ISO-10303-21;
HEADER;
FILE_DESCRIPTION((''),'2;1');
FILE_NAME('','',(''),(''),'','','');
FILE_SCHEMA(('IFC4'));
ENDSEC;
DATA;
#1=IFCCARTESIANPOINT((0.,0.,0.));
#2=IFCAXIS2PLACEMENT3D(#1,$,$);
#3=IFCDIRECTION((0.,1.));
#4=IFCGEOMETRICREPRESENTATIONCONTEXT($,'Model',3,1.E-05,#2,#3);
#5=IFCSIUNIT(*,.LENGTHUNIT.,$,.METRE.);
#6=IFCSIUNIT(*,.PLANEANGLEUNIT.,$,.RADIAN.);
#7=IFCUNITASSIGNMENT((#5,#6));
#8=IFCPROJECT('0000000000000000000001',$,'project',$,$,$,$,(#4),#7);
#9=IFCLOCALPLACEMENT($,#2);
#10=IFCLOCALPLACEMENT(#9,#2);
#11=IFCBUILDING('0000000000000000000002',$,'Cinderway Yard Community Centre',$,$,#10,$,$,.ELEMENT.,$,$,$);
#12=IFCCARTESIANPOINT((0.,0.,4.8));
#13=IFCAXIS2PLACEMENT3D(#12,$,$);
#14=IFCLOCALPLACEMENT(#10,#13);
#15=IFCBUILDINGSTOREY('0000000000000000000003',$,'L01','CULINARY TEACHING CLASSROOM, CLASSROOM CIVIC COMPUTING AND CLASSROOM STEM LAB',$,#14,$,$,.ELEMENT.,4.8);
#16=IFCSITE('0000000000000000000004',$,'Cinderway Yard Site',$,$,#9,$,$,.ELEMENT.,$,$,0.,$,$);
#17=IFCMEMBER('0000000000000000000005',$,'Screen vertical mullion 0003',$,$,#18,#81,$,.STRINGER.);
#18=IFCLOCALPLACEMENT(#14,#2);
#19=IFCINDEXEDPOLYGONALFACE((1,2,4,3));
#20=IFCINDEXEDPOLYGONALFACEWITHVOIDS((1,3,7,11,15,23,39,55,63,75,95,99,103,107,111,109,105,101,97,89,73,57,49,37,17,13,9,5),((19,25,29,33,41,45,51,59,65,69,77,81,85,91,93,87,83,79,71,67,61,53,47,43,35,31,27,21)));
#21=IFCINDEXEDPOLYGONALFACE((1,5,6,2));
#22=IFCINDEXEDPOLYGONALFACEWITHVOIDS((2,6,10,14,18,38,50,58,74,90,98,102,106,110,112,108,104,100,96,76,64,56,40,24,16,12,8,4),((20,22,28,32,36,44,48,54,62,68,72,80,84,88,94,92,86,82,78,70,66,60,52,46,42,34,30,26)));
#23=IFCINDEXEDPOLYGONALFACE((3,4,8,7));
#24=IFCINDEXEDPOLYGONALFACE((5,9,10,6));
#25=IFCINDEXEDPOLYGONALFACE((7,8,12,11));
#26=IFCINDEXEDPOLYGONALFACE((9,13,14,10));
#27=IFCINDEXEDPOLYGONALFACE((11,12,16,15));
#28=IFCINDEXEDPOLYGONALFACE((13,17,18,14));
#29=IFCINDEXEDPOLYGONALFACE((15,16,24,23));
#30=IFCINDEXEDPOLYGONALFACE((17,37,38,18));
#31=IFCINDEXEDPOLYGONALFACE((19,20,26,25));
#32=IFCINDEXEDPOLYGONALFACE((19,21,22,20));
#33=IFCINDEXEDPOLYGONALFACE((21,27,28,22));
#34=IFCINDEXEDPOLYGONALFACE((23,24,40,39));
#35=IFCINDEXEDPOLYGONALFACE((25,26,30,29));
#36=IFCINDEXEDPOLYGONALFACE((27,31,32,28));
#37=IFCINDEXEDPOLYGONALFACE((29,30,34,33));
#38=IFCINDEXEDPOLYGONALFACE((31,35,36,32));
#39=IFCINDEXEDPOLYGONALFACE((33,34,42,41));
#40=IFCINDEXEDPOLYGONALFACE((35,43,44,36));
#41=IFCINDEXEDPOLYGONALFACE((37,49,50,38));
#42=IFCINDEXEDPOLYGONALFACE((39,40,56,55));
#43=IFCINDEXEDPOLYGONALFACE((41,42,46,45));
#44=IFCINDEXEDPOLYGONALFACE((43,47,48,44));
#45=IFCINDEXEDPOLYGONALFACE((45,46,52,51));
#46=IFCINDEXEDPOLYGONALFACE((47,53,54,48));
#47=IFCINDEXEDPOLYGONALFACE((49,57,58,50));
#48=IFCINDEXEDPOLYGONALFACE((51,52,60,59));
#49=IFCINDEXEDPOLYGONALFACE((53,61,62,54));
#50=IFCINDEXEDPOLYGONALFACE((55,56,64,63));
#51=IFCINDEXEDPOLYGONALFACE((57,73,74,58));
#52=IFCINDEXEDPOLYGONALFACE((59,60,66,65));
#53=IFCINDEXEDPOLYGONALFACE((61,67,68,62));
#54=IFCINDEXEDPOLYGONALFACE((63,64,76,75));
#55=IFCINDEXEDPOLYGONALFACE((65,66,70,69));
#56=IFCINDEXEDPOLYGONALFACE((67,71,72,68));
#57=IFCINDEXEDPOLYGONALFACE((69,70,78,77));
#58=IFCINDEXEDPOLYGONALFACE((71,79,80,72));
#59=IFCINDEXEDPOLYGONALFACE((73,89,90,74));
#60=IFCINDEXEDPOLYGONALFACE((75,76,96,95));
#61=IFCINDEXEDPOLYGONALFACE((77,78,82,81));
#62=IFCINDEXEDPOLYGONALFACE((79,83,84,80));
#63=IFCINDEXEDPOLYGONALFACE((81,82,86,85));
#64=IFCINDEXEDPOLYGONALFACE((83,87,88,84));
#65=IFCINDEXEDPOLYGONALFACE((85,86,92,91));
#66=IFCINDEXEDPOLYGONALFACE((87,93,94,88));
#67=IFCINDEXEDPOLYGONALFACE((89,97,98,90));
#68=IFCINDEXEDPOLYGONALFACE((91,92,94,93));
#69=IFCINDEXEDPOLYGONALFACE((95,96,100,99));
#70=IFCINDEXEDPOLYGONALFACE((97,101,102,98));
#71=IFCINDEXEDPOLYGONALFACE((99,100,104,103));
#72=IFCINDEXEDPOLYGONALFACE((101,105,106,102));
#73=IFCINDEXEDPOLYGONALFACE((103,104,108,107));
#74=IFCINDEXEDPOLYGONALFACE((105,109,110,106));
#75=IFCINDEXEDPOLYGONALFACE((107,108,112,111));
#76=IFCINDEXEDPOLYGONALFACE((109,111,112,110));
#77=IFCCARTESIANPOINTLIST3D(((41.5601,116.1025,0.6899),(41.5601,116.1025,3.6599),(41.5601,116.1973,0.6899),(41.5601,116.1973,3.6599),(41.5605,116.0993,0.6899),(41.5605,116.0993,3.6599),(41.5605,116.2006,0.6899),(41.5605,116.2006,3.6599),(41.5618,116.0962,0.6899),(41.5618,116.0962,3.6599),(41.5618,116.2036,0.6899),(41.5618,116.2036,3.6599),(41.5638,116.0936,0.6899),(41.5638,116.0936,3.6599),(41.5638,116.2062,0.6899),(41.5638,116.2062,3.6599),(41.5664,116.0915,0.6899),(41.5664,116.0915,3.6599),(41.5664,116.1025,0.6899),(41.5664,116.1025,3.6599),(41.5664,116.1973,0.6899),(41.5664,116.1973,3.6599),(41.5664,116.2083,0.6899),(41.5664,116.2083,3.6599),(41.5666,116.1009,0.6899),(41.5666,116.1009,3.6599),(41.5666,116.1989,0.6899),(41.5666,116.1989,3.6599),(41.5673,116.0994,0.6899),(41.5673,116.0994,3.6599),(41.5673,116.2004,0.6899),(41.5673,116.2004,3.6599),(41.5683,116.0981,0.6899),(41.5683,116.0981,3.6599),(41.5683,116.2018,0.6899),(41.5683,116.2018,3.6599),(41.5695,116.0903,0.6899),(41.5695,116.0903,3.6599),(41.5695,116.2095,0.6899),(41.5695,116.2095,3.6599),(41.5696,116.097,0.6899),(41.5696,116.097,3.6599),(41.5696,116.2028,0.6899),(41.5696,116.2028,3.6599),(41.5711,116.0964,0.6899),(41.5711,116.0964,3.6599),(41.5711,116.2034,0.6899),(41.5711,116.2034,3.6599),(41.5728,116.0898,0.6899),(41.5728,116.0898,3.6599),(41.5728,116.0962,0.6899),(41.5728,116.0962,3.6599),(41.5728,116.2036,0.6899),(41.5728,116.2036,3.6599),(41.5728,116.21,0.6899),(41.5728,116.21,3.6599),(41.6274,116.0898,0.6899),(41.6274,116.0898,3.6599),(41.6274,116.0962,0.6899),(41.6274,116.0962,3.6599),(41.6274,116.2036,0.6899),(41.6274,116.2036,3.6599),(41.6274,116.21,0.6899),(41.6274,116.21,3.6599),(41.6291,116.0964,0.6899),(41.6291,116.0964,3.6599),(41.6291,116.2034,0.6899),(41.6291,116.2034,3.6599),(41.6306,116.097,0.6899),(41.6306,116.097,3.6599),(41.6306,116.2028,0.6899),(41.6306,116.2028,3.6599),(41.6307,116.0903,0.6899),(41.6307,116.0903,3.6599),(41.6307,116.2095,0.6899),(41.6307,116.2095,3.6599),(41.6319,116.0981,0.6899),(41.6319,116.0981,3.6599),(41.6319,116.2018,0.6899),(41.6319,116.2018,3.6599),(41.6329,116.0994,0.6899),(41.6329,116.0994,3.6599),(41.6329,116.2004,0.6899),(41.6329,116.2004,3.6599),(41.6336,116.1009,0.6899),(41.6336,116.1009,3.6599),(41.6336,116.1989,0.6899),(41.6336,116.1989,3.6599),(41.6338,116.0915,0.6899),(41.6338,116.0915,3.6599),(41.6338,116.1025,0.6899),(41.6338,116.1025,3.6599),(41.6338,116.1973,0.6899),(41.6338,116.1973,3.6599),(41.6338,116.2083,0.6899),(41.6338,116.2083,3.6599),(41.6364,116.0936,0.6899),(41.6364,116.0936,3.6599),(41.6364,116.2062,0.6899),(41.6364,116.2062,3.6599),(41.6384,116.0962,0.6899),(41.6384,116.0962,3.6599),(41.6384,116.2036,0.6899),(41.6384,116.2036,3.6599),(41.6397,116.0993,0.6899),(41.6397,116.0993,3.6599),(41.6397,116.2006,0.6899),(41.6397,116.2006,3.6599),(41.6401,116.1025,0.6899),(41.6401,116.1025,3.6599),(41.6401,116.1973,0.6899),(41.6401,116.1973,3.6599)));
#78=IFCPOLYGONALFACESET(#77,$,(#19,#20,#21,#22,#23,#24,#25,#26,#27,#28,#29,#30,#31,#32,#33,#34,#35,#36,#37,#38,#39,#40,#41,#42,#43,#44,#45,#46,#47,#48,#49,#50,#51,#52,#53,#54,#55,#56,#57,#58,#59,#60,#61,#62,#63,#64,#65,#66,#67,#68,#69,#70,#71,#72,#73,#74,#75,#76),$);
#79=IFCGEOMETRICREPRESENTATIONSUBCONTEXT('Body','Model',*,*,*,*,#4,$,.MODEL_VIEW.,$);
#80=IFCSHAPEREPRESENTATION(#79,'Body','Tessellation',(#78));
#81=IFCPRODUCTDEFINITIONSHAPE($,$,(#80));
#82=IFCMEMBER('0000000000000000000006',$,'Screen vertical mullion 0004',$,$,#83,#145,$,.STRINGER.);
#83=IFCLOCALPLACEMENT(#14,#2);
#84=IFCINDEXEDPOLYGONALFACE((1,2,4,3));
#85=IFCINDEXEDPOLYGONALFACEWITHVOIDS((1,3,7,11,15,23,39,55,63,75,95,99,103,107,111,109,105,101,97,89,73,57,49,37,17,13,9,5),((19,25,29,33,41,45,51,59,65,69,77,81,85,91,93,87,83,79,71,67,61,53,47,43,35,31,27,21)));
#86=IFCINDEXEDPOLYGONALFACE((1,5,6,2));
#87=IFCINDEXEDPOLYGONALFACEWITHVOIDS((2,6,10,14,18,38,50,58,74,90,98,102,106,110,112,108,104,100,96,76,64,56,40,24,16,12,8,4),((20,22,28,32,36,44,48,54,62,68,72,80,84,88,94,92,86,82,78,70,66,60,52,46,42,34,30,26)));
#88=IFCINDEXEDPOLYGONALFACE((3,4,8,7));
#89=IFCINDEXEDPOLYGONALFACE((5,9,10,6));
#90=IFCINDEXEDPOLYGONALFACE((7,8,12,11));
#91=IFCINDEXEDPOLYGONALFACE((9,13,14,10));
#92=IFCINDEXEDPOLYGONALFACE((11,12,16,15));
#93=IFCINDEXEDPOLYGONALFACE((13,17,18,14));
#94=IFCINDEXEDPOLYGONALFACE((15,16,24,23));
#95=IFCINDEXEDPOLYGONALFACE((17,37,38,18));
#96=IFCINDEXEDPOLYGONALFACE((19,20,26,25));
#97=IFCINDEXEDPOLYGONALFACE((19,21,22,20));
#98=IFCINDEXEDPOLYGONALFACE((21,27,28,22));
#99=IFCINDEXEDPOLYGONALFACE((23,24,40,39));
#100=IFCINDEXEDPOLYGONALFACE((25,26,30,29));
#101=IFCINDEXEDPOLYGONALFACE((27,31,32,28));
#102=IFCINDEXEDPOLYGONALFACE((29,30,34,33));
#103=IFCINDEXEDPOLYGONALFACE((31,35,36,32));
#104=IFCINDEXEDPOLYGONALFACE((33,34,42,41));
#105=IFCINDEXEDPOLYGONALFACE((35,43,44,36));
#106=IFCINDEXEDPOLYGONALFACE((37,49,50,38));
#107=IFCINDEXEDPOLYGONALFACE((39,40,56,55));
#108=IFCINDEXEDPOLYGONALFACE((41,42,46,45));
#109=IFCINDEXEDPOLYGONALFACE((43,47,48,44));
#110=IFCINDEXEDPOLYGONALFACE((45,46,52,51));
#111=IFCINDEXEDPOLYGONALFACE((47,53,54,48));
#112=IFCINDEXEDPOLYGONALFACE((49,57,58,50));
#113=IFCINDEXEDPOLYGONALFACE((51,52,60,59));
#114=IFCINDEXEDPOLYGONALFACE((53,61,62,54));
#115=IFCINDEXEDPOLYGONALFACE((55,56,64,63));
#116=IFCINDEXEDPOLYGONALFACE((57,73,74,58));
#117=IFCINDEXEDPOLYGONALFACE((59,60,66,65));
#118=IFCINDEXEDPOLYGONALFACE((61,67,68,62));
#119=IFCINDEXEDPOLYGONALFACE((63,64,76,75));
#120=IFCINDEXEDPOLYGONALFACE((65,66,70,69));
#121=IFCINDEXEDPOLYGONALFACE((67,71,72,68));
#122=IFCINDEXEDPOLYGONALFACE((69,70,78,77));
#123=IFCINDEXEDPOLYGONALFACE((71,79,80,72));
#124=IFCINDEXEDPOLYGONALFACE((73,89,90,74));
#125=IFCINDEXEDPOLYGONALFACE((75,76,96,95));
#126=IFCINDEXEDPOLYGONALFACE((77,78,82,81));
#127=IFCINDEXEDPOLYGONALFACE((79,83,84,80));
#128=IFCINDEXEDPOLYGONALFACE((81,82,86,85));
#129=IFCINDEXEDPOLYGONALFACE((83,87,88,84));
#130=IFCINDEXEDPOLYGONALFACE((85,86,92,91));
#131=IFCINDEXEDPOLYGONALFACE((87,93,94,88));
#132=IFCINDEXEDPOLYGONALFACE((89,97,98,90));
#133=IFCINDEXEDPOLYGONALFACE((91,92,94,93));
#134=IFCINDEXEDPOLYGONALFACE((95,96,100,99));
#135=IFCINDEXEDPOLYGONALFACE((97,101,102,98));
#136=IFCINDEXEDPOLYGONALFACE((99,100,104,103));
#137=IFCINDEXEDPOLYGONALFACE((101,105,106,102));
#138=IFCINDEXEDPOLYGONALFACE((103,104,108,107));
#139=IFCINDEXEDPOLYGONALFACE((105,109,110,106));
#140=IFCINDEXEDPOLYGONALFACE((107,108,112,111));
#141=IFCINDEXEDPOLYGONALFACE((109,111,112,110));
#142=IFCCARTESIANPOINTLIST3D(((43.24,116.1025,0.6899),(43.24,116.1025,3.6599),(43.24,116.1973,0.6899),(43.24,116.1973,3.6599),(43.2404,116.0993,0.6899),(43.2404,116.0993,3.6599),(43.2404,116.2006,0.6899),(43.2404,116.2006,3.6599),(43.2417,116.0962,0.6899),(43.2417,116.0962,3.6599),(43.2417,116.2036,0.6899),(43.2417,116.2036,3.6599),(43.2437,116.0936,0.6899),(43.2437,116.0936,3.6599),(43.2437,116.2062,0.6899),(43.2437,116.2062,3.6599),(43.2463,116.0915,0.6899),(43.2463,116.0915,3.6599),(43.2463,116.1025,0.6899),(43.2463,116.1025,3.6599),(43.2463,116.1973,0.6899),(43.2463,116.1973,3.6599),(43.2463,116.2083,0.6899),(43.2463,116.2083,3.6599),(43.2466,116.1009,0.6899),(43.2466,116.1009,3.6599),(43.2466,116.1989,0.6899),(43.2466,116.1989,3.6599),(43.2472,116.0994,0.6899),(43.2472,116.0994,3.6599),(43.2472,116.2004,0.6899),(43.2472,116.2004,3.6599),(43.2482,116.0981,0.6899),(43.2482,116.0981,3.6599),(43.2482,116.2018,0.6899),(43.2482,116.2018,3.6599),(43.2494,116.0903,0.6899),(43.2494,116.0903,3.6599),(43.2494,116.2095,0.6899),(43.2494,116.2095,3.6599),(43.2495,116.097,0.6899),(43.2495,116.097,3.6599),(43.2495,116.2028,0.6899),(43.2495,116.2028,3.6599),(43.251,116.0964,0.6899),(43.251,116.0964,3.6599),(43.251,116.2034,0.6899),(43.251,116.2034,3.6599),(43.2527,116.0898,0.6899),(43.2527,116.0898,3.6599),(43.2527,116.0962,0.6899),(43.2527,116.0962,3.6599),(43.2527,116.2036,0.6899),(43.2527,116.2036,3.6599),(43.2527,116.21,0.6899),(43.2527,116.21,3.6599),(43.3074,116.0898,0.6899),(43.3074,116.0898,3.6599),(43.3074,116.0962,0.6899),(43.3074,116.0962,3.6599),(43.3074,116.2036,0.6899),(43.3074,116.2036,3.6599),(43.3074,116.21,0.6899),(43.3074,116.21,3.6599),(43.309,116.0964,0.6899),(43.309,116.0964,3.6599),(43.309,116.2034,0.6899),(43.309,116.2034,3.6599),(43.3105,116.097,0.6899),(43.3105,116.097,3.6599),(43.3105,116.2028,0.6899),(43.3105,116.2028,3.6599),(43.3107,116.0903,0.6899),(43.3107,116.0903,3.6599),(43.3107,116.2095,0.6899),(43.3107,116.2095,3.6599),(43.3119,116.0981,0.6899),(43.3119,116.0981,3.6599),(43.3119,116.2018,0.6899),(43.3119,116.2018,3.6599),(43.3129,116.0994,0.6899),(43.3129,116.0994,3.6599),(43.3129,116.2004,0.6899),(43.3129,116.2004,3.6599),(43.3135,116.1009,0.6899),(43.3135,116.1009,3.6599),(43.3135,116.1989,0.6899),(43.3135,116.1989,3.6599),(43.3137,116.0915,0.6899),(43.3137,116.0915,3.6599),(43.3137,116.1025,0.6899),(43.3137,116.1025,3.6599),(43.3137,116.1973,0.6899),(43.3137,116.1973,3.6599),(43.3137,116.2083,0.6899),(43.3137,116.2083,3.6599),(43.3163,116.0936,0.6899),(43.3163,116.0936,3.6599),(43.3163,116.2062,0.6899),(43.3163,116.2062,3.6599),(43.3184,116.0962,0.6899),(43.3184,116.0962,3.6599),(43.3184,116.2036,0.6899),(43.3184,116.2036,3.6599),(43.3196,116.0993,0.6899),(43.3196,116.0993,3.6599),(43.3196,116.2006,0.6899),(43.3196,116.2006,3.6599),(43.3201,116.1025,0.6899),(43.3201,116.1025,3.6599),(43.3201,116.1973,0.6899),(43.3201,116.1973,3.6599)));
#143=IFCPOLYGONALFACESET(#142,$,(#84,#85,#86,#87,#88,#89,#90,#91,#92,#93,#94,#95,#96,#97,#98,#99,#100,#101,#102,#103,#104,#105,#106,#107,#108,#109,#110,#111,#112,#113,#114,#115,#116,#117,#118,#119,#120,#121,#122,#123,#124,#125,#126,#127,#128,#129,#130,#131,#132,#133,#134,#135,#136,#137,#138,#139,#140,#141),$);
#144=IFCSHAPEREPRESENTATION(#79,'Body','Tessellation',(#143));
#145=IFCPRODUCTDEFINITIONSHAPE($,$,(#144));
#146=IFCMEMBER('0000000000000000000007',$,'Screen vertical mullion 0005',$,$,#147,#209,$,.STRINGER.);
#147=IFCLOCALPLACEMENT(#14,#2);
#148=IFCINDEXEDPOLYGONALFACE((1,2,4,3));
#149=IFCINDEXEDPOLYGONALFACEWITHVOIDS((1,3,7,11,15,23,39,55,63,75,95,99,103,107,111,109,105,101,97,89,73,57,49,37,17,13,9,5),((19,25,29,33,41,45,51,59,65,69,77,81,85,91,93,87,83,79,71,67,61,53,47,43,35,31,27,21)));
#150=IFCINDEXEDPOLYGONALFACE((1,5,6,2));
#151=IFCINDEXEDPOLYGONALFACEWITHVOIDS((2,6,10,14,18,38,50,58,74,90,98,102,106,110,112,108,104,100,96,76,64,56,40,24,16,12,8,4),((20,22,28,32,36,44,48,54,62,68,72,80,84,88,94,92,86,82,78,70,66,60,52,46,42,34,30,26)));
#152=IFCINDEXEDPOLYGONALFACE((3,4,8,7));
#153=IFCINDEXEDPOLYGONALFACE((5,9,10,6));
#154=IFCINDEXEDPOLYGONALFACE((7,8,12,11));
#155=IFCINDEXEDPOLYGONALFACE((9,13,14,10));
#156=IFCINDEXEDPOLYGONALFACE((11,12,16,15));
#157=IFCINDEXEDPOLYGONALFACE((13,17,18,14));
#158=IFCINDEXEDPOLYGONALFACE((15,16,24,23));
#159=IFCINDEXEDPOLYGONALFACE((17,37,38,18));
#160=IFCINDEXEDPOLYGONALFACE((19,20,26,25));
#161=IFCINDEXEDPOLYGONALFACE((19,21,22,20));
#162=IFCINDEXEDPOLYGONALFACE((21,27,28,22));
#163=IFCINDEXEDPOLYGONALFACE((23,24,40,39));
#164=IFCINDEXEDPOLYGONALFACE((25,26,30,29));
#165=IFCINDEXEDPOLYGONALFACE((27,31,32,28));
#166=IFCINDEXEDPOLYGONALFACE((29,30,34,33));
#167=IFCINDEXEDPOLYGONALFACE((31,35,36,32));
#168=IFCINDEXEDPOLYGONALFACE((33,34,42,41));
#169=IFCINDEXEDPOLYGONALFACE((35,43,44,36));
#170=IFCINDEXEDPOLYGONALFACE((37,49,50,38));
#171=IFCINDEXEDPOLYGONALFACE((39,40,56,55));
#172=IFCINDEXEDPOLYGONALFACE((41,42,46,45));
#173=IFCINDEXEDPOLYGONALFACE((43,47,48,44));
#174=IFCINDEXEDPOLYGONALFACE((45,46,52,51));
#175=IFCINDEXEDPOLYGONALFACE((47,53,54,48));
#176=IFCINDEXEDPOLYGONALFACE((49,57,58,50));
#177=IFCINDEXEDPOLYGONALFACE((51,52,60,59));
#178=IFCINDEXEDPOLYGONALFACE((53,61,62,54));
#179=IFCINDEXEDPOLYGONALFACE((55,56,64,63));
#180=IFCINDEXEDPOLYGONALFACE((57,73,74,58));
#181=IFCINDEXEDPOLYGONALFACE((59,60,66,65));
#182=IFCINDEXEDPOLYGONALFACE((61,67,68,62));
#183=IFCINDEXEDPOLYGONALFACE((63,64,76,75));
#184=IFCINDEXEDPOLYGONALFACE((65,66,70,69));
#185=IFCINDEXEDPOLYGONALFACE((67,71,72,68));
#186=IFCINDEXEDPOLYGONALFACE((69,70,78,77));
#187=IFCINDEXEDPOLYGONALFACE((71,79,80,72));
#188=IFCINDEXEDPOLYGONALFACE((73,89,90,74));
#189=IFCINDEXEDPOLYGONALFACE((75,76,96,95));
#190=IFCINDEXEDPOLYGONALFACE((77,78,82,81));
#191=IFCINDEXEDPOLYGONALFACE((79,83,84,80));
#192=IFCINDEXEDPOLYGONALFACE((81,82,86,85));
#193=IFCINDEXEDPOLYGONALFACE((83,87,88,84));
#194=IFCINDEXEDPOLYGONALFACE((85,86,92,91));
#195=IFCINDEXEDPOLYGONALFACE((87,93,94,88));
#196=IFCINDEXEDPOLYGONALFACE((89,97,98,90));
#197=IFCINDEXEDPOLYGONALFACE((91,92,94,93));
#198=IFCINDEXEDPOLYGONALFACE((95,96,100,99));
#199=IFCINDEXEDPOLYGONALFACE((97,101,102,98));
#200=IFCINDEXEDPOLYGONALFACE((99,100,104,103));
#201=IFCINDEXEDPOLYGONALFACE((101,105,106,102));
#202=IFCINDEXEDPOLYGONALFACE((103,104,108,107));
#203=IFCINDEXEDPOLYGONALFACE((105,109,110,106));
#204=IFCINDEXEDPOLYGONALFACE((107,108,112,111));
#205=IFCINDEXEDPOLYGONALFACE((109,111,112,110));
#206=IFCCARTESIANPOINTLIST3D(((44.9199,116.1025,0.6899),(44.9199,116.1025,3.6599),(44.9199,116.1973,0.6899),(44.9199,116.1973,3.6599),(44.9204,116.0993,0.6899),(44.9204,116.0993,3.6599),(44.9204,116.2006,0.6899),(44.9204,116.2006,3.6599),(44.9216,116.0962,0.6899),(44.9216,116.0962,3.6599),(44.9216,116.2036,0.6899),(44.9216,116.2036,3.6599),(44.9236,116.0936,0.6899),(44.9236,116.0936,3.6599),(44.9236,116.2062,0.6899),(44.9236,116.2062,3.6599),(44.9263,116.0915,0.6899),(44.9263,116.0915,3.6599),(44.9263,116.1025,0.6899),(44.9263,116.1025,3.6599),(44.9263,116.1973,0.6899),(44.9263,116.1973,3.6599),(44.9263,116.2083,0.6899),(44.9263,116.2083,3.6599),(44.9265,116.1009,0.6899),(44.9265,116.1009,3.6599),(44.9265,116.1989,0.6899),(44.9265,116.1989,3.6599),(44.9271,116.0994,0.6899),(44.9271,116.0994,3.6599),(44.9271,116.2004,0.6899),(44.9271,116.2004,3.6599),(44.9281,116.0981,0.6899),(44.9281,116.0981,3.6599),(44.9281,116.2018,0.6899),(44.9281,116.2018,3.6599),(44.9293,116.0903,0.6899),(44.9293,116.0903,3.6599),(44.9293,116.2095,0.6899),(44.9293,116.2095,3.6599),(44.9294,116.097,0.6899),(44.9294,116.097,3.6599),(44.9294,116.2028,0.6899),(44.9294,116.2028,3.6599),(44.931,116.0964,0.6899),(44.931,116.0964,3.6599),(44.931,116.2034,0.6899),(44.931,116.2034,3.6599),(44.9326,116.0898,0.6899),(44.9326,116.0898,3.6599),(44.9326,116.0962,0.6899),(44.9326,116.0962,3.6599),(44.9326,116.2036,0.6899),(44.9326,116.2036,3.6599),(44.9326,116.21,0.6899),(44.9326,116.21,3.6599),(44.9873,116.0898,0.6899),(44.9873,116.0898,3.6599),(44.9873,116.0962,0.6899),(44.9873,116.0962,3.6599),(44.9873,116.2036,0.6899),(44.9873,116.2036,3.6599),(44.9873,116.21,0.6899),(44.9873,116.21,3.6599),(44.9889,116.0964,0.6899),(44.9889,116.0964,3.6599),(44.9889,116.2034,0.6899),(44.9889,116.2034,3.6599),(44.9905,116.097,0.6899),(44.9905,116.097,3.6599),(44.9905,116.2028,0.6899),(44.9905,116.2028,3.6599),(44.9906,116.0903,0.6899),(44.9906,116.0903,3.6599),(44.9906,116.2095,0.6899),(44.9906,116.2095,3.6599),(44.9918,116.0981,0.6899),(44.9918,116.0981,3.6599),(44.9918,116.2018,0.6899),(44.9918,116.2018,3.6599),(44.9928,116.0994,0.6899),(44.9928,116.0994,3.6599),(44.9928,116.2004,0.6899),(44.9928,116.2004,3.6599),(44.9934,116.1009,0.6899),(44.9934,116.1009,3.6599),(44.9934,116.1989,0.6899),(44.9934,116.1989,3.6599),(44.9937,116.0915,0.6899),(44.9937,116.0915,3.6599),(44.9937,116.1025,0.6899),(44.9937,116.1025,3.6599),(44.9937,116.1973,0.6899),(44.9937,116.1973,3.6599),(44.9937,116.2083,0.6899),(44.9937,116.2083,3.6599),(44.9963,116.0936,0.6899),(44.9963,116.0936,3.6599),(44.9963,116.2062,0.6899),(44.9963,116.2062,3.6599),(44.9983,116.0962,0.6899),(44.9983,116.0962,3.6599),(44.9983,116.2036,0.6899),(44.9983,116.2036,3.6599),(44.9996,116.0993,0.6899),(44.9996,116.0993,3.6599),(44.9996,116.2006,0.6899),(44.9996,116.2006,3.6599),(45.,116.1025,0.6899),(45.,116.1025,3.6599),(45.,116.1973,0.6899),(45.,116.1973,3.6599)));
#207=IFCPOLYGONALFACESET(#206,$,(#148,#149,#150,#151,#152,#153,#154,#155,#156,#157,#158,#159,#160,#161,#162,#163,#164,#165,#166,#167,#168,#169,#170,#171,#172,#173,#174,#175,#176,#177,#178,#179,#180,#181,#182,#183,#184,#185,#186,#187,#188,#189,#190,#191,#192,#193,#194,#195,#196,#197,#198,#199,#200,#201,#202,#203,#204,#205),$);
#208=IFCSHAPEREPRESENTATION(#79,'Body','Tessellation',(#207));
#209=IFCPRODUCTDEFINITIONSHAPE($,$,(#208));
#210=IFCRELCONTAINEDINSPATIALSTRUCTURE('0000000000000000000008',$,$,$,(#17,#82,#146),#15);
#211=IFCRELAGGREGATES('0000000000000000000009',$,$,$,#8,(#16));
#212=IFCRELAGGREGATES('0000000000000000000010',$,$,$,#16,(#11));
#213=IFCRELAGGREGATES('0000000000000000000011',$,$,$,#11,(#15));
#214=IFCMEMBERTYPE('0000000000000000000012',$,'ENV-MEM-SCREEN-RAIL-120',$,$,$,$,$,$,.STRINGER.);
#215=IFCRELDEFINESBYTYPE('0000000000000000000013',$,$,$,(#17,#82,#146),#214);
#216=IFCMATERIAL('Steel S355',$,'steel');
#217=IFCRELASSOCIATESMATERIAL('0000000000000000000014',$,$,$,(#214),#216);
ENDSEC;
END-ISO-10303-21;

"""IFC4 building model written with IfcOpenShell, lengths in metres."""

from ifc_helpers import new_model, si_unit, direction, frame, origin, origin_2d, place, context, subcontext, project, spatial, hollow_rectangle, extrude, material, material_profile, profile_set, type_object, element, save


model = new_model("IFC4")

# Units and contexts
model_context = context("Model", 3, precision=1e-05, world=origin(), true_north=direction((0.0, 1.0)))
body_context = subcontext(model_context, "Body", "Model", "MODEL_VIEW")
ifc_project = project(units=[si_unit("LENGTHUNIT", "METRE"), si_unit("PLANEANGLEUNIT", "RADIAN")], contexts=[model_context])

# Site, building, storey
site_placement = place(None, origin())
site = spatial("IfcSite", under=ifc_project, at=site_placement, Name="Cinderway Yard Site", CompositionType="ELEMENT", RefElevation=0.0)
building_placement = place(site_placement, origin())
building = spatial("IfcBuilding", under=site, at=building_placement, Name="Cinderway Yard Community Centre", CompositionType="ELEMENT")
storey_placement = place(building_placement, frame((0.0, 0.0, 4.8)))
storey = spatial("IfcBuildingStorey", under=building, at=storey_placement, Name="L01", Description="CULINARY TEACHING CLASSROOM, CLASSROOM CIVIC COMPUTING AND CLASSROOM STEM LAB", CompositionType="ELEMENT", Elevation=4.8)

# Members
ifc_material_1 = material(Name="Steel S355", Category="steel")
ifc_material_profile_1 = material_profile(ifc_material_1, hollow_rectangle(XDim=0.0801, YDim=0.1201, WallThickness=0.0063, InnerFilletRadius=0.0063, OuterFilletRadius=0.0127, at=origin_2d()), Name="Steel S355")
ifc_profile_set_1 = profile_set([ifc_material_profile_1], Name="Steel S355")
member_type_1 = type_object("IfcMemberType", Name="ENV-MEM-SCREEN-RAIL-120", PredefinedType="STRINGER", material=ifc_profile_set_1)
for number, where, z_axis, x_axis, name in (
    (1, (41.6001, 116.1499, 0.6899), (0.0, 0.0, 1.0), (1.0, 0.0, 0.0), "Screen vertical mullion 0003"),
    (2, (43.28, 116.1499, 0.6899), (0.0, 0.0, 1.0), (1.0, 0.0, 0.0), "Screen vertical mullion 0004"),
    (3, (44.96, 116.1499, 0.6899), (0.0, 0.0, 1.0), (1.0, 0.0, 0.0), "Screen vertical mullion 0005"),
):
    element("IfcMember", number, at=place(storey_placement, frame(where, z_axis=z_axis, x_axis=x_axis)), inside=storey, type_object=member_type_1, Name=name, PredefinedType="STRINGER", context=body_context, shape_type="SweptSolid", body=[
        extrude(hollow_rectangle(XDim=0.0801, YDim=0.1201, WallThickness=0.0063, InnerFilletRadius=0.0063, OuterFilletRadius=0.0127, at=origin_2d()), origin(), (0.0, 0.0, 1.0), 2.97),
    ])

save(model, "model.ifc")
